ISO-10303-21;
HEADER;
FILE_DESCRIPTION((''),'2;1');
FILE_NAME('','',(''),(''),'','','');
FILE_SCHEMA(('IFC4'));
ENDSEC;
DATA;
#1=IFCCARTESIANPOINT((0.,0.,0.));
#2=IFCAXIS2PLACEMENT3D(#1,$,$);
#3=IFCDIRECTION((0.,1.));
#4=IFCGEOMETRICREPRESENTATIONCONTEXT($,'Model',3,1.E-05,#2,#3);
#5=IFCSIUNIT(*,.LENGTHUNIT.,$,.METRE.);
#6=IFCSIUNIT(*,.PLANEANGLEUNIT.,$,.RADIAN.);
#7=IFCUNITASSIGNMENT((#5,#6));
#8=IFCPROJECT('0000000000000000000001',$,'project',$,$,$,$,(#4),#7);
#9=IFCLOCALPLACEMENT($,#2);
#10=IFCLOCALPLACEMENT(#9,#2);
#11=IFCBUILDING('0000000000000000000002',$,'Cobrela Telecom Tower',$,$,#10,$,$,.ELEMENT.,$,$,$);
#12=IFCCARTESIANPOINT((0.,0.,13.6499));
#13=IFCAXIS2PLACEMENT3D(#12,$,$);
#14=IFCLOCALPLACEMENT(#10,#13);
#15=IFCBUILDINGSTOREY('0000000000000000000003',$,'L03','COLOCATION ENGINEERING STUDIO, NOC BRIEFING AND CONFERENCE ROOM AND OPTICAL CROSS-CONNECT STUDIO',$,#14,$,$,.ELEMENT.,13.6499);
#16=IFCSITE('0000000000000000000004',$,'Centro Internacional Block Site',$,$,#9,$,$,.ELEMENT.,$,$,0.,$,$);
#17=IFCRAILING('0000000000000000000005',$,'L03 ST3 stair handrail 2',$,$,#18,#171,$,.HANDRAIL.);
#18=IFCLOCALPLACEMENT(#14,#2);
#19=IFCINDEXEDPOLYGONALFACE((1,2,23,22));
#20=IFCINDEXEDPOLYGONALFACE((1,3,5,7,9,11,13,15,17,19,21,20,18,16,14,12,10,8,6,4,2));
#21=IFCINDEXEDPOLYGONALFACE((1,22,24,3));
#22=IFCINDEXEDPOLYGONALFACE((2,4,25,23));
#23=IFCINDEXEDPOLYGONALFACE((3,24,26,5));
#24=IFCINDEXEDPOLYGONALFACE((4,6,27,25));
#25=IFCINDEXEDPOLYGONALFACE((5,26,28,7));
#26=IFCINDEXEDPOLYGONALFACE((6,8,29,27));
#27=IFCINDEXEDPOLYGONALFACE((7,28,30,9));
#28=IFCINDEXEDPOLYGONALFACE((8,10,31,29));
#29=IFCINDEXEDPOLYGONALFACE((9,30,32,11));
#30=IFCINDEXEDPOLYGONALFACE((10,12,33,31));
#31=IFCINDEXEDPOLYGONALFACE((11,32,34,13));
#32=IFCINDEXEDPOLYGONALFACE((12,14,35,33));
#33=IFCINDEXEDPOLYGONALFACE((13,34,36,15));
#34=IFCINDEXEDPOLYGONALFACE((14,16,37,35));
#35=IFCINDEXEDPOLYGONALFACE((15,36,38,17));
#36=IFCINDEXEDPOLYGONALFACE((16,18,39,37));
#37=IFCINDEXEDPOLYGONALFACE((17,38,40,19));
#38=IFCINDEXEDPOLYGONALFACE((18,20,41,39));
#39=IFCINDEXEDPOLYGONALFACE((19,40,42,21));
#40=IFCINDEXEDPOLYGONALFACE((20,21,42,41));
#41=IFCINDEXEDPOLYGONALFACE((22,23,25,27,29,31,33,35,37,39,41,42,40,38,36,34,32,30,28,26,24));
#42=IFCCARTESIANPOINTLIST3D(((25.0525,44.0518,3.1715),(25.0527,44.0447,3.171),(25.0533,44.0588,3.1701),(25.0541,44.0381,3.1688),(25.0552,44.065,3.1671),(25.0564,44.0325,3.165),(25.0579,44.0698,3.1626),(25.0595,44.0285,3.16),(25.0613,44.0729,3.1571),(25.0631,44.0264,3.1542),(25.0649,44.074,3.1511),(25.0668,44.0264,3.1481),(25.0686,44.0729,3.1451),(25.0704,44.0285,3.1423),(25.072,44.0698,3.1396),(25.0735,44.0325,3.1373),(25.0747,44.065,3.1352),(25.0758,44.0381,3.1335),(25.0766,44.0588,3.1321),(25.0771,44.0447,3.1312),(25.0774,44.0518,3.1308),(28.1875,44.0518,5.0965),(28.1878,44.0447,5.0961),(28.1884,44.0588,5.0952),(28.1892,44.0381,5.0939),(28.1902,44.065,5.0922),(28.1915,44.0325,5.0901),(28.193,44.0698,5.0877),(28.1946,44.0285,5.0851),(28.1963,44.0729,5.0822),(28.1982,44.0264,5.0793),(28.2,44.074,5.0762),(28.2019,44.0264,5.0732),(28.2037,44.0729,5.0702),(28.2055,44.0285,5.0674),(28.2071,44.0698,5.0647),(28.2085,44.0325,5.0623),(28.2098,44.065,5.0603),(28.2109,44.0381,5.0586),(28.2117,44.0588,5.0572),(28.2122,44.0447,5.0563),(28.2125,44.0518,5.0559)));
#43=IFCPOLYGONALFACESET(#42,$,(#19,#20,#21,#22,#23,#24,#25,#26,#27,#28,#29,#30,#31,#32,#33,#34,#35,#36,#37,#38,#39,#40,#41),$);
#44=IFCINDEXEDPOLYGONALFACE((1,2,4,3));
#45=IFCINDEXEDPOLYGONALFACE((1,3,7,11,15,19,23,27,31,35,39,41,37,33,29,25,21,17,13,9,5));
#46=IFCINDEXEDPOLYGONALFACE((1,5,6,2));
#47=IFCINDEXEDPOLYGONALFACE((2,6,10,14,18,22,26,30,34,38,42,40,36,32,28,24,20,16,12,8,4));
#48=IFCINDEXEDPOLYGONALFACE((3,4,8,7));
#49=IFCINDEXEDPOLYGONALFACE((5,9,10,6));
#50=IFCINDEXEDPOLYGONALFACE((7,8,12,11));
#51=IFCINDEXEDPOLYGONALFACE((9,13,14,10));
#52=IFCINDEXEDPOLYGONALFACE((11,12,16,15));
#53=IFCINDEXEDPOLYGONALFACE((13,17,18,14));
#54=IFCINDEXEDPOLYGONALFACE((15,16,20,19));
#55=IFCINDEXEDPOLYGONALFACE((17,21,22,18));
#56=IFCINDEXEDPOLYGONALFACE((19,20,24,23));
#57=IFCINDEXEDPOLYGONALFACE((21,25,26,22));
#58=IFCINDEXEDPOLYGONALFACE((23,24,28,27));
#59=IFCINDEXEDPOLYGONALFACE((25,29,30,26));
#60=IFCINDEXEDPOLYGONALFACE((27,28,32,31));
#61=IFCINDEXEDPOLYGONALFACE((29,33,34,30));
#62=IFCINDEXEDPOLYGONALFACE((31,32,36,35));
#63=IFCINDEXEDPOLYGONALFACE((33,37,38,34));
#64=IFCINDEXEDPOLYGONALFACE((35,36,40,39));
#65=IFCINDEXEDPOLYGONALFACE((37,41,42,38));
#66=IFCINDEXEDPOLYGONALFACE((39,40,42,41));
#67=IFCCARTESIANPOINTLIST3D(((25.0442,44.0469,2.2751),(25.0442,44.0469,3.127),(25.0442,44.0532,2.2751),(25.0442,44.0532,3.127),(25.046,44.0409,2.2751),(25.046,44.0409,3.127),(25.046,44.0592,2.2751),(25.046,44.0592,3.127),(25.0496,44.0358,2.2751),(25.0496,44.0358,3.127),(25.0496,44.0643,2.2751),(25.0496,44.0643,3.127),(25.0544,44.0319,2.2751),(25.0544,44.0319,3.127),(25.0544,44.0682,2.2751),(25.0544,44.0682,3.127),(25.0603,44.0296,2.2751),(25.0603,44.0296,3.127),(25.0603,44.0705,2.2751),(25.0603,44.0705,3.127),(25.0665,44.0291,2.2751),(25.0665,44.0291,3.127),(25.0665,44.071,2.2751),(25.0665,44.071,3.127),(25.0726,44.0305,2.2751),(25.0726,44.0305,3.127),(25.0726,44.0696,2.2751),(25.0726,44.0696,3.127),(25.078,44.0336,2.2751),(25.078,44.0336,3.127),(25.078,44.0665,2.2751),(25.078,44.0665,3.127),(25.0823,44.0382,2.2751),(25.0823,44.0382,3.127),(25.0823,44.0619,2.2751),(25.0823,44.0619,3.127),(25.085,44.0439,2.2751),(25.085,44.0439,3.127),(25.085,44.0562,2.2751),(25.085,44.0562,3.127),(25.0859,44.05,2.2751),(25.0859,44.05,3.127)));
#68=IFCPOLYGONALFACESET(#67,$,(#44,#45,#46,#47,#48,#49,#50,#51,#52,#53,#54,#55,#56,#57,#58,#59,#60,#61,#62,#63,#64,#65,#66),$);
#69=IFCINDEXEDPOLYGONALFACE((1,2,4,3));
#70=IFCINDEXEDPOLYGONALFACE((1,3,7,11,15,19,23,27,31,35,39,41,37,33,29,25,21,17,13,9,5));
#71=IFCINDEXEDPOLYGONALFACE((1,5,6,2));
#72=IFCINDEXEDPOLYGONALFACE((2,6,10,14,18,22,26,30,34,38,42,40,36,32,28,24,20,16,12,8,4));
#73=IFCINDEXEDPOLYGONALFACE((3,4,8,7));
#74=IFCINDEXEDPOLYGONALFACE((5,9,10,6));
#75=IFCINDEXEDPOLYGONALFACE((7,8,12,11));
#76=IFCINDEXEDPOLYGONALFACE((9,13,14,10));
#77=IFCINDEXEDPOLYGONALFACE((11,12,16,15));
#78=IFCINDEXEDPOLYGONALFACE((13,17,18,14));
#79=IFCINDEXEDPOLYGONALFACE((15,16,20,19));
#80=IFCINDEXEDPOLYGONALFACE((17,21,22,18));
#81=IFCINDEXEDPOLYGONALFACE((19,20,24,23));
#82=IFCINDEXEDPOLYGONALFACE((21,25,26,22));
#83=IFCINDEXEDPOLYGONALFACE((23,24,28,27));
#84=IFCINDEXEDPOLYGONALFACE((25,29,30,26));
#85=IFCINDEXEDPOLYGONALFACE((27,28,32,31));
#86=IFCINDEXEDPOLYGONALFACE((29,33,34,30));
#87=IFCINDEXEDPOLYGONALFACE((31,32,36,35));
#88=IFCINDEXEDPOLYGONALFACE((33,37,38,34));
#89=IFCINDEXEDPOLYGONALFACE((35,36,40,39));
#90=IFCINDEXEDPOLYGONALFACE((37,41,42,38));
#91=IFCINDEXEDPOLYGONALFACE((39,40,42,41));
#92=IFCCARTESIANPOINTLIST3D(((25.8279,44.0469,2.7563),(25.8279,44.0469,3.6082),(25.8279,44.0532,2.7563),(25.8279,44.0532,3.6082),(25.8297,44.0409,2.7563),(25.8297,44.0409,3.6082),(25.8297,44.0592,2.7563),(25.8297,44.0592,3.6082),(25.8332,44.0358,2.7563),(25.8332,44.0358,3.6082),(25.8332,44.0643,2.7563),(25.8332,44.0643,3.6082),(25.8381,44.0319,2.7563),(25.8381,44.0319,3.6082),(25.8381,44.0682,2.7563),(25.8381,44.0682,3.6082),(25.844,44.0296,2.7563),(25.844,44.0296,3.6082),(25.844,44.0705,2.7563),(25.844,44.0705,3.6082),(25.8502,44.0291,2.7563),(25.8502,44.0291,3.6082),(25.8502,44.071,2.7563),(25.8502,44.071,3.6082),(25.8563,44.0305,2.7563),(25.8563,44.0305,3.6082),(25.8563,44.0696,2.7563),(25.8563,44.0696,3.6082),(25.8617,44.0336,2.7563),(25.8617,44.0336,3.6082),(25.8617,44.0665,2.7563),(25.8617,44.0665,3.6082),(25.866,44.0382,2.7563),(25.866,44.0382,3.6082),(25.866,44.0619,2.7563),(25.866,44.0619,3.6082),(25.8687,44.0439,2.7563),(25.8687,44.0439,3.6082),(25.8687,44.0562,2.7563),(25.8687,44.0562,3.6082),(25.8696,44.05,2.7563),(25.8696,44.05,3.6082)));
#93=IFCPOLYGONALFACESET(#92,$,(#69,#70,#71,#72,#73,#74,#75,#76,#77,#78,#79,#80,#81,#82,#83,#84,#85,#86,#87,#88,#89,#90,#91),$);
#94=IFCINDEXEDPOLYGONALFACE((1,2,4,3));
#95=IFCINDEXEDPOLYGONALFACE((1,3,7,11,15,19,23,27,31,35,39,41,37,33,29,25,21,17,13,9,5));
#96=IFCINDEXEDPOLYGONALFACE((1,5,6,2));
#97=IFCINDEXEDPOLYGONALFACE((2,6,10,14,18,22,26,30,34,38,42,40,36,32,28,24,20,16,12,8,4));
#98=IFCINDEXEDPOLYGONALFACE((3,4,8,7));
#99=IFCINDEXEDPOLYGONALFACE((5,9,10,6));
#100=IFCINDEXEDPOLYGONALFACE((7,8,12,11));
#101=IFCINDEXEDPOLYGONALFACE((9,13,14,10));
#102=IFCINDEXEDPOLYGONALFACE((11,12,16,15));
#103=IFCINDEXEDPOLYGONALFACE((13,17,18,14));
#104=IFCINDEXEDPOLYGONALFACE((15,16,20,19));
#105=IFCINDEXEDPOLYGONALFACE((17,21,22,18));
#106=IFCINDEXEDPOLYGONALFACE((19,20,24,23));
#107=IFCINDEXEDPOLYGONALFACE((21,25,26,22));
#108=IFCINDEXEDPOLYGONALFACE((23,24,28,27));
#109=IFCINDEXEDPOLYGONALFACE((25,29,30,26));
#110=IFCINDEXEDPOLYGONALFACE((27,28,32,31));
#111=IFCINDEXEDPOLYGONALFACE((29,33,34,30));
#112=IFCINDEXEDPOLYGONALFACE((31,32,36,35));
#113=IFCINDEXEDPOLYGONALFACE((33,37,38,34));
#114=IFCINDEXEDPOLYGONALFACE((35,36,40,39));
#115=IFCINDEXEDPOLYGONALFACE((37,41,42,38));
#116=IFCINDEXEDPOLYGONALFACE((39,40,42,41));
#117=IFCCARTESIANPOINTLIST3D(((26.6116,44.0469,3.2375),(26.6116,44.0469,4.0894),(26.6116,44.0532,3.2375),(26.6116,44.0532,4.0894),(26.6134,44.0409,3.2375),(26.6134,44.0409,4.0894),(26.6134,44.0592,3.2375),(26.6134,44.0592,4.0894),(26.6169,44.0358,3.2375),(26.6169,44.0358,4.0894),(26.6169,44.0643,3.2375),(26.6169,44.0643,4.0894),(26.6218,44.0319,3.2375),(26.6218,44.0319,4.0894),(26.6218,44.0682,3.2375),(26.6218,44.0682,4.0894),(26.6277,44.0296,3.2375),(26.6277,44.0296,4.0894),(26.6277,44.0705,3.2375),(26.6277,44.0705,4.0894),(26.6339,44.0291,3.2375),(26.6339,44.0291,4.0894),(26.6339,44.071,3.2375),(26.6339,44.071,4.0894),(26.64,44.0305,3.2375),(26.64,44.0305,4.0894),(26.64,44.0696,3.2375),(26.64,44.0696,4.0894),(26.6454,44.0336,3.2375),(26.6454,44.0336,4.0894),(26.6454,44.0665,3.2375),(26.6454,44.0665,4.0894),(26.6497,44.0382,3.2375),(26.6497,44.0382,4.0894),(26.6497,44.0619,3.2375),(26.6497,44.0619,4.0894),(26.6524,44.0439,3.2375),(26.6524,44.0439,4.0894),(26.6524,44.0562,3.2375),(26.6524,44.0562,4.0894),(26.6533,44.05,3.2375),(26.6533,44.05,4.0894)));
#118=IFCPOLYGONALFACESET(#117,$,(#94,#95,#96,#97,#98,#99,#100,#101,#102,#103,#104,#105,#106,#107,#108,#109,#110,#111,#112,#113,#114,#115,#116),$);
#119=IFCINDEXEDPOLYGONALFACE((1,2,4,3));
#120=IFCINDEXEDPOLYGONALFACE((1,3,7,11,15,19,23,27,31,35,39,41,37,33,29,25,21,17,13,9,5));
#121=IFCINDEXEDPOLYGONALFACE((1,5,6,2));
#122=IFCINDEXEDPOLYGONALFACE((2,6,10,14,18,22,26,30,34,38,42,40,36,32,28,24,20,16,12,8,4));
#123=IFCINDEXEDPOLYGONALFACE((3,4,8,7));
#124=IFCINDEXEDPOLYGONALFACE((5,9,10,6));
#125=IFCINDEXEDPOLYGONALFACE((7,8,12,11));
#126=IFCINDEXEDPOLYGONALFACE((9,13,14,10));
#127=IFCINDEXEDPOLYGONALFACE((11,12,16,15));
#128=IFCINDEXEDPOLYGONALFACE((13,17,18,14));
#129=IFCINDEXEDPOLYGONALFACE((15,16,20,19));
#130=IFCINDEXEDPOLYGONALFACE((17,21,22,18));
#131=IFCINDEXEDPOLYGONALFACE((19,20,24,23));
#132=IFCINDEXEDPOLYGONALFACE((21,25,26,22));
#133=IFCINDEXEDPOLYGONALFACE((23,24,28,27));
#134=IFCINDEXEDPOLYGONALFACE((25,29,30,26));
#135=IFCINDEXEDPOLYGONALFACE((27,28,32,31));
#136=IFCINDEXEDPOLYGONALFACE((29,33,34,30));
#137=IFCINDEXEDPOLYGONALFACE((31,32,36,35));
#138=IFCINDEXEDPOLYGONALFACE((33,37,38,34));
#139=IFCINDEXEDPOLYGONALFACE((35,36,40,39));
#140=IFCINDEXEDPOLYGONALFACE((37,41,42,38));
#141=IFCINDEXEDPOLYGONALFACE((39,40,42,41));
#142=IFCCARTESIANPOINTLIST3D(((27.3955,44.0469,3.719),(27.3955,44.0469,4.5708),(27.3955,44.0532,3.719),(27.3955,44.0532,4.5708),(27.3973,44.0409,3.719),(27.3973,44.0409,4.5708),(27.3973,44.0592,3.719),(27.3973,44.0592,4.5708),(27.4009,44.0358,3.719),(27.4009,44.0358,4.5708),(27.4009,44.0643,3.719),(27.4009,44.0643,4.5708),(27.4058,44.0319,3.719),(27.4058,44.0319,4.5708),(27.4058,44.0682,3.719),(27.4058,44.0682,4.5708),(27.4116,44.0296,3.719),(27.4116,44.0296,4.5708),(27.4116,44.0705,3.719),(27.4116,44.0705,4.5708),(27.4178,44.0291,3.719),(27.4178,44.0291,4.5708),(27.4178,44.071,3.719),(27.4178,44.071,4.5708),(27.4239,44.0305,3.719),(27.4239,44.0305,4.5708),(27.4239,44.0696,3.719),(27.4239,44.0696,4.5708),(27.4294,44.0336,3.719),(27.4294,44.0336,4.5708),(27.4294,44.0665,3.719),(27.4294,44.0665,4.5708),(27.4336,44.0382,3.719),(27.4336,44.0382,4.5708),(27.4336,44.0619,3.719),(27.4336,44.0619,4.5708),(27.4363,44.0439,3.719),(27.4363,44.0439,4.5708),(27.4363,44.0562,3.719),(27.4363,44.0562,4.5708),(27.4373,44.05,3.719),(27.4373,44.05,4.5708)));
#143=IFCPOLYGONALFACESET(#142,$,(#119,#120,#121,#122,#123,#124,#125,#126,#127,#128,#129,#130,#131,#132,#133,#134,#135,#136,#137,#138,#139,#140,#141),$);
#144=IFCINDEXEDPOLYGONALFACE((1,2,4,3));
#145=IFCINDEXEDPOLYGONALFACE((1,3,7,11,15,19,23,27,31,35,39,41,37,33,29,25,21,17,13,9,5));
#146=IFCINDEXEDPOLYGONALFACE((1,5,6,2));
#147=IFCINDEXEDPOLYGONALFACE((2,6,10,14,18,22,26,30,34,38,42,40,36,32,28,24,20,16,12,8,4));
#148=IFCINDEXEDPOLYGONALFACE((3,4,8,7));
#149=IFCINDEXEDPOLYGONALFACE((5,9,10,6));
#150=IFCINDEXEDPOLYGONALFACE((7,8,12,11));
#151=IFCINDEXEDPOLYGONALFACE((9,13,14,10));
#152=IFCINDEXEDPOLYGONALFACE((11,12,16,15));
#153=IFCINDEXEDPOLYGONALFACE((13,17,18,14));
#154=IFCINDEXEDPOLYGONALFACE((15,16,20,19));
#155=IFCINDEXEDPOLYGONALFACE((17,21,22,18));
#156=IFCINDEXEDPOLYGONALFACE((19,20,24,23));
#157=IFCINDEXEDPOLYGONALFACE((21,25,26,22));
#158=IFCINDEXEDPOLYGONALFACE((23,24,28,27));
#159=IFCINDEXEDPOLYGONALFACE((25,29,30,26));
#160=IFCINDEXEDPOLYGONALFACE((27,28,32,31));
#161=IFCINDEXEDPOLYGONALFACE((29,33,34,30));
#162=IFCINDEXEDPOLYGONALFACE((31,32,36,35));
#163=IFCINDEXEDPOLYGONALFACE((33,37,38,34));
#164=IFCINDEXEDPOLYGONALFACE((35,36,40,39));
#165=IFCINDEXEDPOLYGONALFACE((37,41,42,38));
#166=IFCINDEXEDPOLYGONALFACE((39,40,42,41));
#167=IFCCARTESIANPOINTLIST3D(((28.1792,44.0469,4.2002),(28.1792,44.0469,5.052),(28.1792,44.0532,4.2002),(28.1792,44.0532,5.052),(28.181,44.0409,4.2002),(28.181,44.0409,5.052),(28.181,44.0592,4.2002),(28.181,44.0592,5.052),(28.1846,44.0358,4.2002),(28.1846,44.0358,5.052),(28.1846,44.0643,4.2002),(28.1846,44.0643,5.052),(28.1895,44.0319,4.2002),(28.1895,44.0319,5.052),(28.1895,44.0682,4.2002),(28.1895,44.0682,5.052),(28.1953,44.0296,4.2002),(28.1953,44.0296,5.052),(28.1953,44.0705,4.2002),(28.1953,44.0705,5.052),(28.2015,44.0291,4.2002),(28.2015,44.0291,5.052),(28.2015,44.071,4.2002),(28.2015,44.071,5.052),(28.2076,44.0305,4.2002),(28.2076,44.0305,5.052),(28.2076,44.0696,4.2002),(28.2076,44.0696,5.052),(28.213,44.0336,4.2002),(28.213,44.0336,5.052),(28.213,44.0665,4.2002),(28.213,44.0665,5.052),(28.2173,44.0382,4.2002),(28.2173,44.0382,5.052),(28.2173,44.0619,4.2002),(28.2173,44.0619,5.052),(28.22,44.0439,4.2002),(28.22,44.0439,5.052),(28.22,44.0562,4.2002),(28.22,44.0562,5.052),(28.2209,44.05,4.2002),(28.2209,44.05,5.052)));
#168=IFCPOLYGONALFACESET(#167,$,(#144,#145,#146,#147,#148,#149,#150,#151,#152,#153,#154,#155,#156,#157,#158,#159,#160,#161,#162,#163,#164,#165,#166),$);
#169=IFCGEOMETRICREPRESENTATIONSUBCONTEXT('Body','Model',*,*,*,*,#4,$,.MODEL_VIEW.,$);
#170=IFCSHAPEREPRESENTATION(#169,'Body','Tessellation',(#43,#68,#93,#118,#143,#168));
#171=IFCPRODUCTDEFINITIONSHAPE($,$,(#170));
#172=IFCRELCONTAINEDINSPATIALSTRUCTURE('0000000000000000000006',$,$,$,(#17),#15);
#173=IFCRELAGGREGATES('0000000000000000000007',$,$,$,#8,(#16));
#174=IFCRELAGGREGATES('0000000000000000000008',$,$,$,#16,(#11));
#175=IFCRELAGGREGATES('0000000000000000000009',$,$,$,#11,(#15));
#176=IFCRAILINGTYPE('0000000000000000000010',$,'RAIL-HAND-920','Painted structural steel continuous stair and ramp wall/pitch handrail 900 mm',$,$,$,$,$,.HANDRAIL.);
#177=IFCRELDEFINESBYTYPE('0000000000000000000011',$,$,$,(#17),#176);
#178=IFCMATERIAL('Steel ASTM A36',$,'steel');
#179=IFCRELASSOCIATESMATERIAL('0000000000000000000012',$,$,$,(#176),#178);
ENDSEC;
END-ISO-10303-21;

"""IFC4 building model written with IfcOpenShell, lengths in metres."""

from ifc_helpers import new_model, si_unit, direction, frame, origin, origin_2d, place, context, subcontext, project, spatial, circle, extrude, material, type_object, element, save


model = new_model("IFC4")

# Units and contexts
model_context = context("Model", 3, precision=1e-05, world=origin(), true_north=direction((0.0, 1.0)))
body_context = subcontext(model_context, "Body", "Model", "MODEL_VIEW")
ifc_project = project(units=[si_unit("LENGTHUNIT", "METRE"), si_unit("PLANEANGLEUNIT", "RADIAN")], contexts=[model_context])

# Site, building, storey
site_placement = place(None, origin())
site = spatial("IfcSite", under=ifc_project, at=site_placement, Name="Centro Internacional Block Site", CompositionType="ELEMENT", RefElevation=0.0)
building_placement = place(site_placement, origin())
building = spatial("IfcBuilding", under=site, at=building_placement, Name="Cobrela Telecom Tower", CompositionType="ELEMENT")
storey_placement = place(building_placement, frame((0.0, 0.0, 13.6499)))
storey = spatial("IfcBuildingStorey", under=building, at=storey_placement, Name="L03", Description="COLOCATION ENGINEERING STUDIO, NOC BRIEFING AND CONFERENCE ROOM AND OPTICAL CROSS-CONNECT STUDIO", CompositionType="ELEMENT", Elevation=13.6499)

# Shared definitions
ifc_material_1 = material(Name="Steel ASTM A36", Category="steel")

# Railing
railing_type_1 = type_object("IfcRailingType", Name="RAIL-HAND-920", Description="Painted structural steel continuous stair and ramp wall/pitch handrail 900 mm", PredefinedType="HANDRAIL", material=ifc_material_1)
railing_1_placement = place(storey_placement, frame((25.0649, 44.05, 2.2751)))
element("IfcRailing", 1, at=railing_1_placement, inside=storey, type_object=railing_type_1, Name="L03 ST3 stair handrail 2", PredefinedType="HANDRAIL", context=body_context, shape_type="SweptSolid", body=[
    extrude(circle(Radius=0.0239, at=origin_2d()), frame((0.0, 0.0, 0.876), z_axis=(0.852166, 0.0, 0.523271), x_axis=(0.0, 1.0, 0.0)), (0.0, 0.0, 1.0), 3.679),
    extrude(circle(Radius=0.021, at=origin_2d()), origin(), (0.0, 0.0, 1.0), 0.8518),
    extrude(circle(Radius=0.021, at=origin_2d()), frame((0.7837, 0.0, 0.4812)), (0.0, 0.0, 1.0), 0.8518),
    extrude(circle(Radius=0.021, at=origin_2d()), frame((1.5674, 0.0, 0.9624)), (0.0, 0.0, 1.0), 0.8518),
    extrude(circle(Radius=0.021, at=origin_2d()), frame((2.3513, 0.0, 1.4438)), (0.0, 0.0, 1.0), 0.8518),
    extrude(circle(Radius=0.021, at=origin_2d()), frame((3.135, 0.0, 1.925)), (0.0, 0.0, 1.0), 0.8518),
])

save(model, "model.ifc")
